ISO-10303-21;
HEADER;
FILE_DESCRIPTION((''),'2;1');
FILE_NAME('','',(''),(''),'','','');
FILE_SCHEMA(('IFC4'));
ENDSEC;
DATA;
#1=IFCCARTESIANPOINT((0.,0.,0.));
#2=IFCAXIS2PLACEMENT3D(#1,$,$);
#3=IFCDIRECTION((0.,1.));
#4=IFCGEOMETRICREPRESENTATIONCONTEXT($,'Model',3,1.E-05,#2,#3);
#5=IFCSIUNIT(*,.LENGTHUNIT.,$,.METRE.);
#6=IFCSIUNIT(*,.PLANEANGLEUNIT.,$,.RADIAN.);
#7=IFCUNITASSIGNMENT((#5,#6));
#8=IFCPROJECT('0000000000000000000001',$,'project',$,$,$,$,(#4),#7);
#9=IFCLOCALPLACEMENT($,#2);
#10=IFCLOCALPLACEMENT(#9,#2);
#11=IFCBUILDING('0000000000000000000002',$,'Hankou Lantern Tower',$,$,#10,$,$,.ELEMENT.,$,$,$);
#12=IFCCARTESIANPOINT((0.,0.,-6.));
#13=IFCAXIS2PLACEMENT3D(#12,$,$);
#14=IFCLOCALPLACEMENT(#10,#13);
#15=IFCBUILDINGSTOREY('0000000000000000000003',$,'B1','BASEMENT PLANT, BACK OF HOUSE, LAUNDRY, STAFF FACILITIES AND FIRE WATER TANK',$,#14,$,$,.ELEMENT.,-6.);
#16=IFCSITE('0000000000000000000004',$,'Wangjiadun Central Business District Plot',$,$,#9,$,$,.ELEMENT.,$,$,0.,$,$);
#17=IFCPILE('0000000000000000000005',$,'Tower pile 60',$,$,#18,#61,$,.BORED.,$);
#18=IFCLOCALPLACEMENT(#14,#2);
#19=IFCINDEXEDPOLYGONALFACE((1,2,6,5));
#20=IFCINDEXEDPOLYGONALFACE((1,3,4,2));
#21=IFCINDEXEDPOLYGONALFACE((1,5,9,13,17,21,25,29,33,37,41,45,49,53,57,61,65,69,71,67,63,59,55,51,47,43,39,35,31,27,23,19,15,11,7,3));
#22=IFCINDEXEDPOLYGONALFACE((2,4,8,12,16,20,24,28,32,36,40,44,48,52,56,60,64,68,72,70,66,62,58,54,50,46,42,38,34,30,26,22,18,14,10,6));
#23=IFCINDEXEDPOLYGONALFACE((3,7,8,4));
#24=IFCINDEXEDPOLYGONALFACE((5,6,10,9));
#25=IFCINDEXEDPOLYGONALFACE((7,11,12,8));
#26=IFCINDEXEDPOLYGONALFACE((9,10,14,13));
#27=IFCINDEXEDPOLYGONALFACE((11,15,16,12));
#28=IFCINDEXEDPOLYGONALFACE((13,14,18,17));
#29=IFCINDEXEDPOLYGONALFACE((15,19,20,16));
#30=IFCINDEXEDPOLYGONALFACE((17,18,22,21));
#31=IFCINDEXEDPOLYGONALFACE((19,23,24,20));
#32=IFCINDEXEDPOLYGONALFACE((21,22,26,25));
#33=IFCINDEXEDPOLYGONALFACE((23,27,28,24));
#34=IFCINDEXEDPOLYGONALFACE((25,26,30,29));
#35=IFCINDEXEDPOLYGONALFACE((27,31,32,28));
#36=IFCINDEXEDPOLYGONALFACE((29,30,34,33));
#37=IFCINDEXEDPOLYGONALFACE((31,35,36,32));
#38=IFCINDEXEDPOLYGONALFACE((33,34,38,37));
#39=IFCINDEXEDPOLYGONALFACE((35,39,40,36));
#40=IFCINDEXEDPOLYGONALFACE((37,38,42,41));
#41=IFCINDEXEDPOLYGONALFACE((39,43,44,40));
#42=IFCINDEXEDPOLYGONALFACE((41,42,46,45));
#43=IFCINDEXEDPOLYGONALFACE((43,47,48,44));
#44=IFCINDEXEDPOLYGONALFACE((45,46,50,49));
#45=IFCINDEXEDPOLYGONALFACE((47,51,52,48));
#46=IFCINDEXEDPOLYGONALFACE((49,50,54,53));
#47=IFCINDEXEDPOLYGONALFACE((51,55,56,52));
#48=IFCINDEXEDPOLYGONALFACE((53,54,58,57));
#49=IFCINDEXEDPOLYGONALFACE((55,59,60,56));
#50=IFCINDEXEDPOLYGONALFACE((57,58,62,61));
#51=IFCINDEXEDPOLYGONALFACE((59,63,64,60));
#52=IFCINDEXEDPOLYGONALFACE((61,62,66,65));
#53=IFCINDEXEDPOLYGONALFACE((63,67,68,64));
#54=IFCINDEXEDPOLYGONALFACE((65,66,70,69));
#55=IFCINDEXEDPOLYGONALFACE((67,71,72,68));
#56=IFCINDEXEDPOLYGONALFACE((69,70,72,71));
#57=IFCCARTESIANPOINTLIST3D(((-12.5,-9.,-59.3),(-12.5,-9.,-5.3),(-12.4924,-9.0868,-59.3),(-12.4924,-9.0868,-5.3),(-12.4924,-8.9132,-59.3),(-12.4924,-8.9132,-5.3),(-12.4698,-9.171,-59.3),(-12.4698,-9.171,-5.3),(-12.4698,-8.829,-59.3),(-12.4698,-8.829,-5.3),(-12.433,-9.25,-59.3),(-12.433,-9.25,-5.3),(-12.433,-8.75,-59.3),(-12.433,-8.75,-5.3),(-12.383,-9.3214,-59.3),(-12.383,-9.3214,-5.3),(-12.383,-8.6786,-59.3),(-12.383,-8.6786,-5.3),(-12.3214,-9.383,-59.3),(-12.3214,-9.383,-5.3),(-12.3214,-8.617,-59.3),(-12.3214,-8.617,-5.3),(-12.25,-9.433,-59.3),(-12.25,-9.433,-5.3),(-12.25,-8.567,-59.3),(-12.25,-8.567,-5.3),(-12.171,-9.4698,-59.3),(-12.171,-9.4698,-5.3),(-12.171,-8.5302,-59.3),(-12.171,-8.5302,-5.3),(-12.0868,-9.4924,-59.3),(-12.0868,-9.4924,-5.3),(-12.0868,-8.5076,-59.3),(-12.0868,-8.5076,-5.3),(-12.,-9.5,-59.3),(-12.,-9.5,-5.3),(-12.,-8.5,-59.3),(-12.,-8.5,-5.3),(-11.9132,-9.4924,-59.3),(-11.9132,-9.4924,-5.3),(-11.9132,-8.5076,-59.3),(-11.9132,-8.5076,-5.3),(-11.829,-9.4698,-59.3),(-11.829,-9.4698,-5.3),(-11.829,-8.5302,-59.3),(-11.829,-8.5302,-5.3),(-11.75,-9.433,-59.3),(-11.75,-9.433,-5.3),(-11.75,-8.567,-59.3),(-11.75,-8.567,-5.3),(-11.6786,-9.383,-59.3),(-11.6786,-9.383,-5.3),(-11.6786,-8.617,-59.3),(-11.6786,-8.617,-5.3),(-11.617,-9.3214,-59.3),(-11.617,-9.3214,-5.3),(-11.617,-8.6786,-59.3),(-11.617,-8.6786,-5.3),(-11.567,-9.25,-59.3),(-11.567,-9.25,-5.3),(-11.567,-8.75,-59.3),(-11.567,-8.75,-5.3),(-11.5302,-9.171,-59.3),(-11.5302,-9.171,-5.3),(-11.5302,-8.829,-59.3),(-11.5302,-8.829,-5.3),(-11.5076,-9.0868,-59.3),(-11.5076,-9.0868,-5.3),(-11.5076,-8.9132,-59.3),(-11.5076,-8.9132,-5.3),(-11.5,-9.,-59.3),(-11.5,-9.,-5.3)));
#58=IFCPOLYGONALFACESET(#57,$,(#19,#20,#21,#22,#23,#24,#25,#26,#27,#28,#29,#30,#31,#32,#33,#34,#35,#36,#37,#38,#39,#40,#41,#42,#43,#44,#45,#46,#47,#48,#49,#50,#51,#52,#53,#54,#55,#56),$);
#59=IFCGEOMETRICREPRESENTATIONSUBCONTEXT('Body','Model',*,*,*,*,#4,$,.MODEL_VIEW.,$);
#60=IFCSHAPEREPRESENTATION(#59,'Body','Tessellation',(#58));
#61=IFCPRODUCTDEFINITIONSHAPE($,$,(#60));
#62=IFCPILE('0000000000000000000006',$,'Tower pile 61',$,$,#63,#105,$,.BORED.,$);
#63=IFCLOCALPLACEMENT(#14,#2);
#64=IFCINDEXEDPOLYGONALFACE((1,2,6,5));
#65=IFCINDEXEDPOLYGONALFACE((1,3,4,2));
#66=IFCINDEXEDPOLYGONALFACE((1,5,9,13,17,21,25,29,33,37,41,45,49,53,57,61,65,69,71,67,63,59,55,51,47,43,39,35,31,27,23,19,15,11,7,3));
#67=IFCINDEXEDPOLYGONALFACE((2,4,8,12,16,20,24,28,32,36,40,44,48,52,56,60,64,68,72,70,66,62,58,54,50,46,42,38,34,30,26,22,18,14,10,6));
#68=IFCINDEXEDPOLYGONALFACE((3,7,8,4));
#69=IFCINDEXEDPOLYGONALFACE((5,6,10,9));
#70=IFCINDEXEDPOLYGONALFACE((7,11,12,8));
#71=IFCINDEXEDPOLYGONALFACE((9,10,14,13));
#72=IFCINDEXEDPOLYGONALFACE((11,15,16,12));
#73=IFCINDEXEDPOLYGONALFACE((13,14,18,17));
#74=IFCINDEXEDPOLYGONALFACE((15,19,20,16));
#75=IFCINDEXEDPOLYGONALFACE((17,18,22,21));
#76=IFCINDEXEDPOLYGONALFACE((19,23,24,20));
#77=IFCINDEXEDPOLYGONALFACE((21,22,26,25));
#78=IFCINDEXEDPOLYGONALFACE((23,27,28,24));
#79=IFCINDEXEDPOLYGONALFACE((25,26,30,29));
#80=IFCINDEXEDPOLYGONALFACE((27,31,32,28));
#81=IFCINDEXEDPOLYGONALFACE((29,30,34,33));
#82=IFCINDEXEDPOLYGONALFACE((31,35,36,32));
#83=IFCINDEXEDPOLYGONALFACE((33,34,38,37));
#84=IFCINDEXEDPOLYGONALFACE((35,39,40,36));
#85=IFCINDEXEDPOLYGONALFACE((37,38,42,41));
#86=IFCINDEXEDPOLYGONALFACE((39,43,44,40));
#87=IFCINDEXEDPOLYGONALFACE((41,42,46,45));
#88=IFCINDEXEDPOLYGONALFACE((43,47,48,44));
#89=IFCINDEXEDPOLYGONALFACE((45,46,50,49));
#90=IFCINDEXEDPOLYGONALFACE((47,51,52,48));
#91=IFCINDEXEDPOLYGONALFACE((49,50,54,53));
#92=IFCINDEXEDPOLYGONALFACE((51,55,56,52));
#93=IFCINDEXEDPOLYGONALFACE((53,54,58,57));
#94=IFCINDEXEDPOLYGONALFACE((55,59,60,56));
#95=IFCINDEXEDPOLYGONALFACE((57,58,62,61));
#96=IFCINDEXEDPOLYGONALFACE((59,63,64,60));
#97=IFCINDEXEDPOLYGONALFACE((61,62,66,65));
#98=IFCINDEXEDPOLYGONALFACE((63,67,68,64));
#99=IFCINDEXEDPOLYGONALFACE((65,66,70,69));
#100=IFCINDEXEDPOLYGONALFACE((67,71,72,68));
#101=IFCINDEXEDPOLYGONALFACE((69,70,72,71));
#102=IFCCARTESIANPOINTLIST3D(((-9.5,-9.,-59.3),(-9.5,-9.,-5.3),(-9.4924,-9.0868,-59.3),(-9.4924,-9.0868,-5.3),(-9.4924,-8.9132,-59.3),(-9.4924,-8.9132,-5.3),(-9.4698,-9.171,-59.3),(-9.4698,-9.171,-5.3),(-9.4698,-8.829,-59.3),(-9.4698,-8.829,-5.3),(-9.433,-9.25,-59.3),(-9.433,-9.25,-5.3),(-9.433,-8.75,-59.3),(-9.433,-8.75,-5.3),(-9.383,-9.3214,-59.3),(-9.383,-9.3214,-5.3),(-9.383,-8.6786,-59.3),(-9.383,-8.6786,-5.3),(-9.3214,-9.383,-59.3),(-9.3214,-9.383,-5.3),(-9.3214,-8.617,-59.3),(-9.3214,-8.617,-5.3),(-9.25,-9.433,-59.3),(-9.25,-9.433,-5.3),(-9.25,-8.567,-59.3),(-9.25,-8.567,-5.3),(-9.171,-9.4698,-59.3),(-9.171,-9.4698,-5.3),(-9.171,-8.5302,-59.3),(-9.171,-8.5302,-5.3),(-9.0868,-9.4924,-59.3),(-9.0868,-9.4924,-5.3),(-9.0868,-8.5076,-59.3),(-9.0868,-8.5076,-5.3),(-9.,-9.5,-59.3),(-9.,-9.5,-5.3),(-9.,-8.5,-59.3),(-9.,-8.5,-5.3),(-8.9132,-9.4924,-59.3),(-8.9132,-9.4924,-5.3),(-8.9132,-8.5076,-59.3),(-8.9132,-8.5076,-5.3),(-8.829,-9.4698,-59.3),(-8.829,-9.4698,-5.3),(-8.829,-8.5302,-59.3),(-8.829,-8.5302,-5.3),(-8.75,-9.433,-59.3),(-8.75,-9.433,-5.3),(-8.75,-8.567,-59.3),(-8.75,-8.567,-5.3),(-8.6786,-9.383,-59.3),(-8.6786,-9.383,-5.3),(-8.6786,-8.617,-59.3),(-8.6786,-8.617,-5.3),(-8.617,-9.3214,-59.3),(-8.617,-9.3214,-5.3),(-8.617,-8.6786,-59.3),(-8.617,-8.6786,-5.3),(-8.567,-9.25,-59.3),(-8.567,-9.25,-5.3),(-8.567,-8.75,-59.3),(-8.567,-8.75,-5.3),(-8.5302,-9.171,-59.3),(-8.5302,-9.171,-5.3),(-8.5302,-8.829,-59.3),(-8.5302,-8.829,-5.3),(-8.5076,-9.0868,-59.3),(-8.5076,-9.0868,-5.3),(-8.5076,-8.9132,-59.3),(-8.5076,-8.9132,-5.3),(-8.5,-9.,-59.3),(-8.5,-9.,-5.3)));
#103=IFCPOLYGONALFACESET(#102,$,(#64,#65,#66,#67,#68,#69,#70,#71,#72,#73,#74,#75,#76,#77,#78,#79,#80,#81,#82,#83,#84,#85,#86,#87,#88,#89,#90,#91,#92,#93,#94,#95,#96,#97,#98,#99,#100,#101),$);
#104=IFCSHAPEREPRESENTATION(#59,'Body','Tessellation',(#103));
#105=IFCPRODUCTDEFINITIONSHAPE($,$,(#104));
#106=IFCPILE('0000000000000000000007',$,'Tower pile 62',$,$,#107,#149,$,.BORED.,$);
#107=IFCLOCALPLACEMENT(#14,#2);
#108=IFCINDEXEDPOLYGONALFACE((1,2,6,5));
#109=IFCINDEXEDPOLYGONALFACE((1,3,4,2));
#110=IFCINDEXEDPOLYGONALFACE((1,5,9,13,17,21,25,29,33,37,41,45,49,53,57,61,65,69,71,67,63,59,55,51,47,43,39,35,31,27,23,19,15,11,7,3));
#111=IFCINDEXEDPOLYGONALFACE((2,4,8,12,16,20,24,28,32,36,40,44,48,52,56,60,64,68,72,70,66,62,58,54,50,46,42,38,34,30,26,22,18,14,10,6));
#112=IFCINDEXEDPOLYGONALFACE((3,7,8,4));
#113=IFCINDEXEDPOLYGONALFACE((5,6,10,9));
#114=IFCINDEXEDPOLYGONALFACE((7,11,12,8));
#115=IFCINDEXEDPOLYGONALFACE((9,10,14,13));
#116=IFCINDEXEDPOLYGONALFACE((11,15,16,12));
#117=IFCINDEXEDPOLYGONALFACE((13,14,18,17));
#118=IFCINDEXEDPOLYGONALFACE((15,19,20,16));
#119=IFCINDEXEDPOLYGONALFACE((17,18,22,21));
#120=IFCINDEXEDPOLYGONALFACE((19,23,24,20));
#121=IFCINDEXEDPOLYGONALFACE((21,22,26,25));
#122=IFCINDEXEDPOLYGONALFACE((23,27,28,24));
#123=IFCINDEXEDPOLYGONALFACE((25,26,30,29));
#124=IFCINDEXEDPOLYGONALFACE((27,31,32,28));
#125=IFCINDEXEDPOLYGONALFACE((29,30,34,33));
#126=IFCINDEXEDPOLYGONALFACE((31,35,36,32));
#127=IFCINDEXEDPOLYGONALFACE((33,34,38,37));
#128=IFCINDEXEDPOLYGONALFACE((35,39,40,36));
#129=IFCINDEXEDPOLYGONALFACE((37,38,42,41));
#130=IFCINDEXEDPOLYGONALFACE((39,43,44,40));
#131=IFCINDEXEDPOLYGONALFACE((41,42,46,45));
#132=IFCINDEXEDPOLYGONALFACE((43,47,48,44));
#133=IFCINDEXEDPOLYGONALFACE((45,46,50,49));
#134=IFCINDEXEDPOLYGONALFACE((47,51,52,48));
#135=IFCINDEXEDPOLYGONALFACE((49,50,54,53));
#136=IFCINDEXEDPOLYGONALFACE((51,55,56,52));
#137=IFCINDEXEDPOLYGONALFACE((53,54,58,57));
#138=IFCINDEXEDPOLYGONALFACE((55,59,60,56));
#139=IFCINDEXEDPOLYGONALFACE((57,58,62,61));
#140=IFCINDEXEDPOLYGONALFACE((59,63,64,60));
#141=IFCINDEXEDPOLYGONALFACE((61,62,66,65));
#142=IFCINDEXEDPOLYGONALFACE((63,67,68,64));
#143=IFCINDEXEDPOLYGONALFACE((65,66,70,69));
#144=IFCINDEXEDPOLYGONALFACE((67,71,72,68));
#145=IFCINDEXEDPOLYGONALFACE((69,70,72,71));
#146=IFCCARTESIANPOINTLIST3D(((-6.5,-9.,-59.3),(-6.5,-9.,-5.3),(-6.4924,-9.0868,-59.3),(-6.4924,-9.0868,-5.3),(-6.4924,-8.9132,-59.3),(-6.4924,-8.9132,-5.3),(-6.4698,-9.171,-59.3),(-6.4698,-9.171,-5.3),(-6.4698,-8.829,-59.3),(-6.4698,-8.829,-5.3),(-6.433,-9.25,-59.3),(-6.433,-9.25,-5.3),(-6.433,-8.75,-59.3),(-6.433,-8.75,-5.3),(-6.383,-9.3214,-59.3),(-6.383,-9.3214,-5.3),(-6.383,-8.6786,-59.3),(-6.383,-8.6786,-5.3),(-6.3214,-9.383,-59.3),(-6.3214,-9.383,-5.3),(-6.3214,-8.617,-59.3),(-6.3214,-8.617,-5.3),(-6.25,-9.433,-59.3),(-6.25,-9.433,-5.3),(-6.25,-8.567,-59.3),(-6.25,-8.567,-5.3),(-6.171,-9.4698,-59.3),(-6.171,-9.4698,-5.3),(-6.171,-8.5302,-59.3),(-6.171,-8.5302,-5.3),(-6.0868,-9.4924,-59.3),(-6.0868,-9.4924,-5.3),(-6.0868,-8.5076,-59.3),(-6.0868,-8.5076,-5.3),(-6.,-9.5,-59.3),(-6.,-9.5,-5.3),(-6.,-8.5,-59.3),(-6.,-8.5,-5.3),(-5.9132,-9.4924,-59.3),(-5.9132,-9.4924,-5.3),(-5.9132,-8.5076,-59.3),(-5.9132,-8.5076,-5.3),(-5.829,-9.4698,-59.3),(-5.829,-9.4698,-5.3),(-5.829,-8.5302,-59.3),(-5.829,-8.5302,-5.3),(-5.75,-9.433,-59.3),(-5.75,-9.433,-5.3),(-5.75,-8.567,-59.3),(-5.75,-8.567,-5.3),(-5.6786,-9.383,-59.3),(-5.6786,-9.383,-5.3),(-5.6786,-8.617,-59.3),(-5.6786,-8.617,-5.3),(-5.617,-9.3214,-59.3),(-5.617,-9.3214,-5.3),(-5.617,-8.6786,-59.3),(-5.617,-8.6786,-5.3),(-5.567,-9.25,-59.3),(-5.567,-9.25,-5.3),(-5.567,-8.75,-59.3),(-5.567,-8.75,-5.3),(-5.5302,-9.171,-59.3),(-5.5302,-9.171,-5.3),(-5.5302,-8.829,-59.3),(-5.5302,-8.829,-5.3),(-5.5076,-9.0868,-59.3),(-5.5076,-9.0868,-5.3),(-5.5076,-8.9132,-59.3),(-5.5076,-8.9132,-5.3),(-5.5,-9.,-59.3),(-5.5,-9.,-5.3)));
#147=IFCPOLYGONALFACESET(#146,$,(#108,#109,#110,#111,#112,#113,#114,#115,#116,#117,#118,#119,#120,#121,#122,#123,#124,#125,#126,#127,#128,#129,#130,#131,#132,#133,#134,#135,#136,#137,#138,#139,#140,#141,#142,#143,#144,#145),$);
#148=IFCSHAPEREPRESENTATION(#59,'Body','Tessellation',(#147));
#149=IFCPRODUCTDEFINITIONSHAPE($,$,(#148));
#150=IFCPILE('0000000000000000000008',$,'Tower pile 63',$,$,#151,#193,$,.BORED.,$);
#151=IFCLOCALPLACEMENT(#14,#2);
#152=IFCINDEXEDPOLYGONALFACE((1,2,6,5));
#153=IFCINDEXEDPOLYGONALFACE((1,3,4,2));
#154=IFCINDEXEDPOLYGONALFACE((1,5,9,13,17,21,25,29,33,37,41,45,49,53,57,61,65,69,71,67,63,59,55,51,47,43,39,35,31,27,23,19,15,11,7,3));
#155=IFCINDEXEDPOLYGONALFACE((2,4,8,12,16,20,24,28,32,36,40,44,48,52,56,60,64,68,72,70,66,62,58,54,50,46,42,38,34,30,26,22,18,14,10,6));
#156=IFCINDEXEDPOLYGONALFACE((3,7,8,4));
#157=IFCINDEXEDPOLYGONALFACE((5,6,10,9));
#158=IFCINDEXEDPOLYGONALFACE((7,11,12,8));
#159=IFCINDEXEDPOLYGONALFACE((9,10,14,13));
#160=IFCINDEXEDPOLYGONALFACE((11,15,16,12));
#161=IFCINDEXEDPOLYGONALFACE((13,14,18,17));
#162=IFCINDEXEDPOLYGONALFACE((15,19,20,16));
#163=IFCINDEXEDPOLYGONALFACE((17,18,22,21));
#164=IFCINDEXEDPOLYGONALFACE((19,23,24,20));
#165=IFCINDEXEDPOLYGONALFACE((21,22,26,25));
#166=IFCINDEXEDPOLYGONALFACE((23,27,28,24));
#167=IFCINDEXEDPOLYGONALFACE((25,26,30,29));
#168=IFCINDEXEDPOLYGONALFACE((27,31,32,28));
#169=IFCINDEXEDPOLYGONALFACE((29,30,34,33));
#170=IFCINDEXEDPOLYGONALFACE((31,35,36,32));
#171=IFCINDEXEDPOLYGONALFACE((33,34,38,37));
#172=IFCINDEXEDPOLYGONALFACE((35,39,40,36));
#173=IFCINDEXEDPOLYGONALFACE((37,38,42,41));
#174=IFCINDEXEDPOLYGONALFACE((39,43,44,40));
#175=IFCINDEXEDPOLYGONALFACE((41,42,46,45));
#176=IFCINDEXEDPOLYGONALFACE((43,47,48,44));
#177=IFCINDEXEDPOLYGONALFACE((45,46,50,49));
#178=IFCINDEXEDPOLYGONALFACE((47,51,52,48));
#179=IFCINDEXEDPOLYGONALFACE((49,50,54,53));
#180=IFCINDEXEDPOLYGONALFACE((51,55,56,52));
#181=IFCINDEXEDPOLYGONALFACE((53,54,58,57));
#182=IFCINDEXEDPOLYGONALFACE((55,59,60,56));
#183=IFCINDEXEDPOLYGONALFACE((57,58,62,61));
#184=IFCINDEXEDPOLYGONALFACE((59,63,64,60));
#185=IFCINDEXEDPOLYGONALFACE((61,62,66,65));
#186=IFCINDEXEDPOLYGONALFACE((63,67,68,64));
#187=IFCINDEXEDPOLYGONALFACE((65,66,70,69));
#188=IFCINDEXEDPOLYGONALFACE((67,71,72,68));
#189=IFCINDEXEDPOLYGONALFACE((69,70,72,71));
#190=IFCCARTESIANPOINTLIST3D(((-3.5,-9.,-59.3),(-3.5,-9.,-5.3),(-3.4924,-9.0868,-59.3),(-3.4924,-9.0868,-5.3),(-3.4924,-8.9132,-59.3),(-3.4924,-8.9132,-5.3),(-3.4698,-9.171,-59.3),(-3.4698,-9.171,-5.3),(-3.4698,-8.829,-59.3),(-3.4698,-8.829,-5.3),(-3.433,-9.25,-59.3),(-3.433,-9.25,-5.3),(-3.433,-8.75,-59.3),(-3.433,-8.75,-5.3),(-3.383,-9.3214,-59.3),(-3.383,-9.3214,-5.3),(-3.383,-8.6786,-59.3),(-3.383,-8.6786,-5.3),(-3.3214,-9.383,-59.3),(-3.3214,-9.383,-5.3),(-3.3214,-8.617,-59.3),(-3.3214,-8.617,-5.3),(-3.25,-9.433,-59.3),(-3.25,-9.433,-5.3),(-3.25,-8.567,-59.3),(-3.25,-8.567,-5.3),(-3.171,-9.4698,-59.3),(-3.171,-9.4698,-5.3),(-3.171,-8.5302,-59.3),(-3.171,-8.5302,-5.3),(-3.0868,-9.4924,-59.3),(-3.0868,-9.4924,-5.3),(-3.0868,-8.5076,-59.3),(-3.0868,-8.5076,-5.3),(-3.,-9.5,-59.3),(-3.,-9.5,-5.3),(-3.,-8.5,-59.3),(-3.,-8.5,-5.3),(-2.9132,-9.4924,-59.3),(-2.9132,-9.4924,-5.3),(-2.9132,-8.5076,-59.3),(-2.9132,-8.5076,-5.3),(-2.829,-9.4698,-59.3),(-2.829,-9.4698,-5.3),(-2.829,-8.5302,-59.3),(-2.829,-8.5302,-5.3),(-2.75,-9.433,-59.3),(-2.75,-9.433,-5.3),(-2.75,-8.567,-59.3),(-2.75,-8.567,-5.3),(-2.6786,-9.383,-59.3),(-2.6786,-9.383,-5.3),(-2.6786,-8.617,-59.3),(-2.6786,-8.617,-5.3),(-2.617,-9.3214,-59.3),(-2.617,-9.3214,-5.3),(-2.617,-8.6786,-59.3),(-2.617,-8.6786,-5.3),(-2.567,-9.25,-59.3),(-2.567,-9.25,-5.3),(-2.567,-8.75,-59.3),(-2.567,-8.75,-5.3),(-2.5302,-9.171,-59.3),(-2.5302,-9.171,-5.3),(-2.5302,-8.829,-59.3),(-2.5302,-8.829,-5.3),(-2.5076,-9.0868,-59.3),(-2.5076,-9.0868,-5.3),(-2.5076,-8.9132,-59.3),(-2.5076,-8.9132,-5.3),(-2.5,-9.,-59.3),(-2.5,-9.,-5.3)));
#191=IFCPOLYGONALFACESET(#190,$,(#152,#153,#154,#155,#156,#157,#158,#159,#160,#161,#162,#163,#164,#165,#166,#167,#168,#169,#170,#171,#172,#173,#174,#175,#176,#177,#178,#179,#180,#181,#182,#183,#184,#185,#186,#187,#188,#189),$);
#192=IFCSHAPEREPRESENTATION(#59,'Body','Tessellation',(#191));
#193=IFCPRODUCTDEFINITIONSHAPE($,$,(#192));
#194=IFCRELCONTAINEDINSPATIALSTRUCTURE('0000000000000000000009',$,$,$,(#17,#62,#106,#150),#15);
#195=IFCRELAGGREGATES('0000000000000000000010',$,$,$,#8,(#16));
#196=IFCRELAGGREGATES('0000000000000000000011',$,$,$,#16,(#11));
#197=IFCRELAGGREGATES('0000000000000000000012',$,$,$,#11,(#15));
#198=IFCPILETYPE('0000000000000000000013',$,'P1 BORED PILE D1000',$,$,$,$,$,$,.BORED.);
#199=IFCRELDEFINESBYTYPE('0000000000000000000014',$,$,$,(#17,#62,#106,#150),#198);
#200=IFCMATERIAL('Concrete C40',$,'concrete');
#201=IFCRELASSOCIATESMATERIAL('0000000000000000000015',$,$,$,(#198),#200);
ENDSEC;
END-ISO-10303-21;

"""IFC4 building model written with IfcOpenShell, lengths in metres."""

from ifc_helpers import new_model, si_unit, direction, frame, origin, origin_2d, place, context, subcontext, project, spatial, circle, extrude, material, material_profile, profile_set, type_object, element, save


model = new_model("IFC4")

# Units and contexts
model_context = context("Model", 3, precision=1e-05, world=origin(), true_north=direction((0.0, 1.0)))
body_context = subcontext(model_context, "Body", "Model", "MODEL_VIEW")
ifc_project = project(units=[si_unit("LENGTHUNIT", "METRE"), si_unit("PLANEANGLEUNIT", "RADIAN")], contexts=[model_context])

# Site, building, storey
site_placement = place(None, origin())
site = spatial("IfcSite", under=ifc_project, at=site_placement, Name="Wangjiadun Central Business District Plot", CompositionType="ELEMENT", RefElevation=0.0)
building_placement = place(site_placement, origin())
building = spatial("IfcBuilding", under=site, at=building_placement, Name="Hankou Lantern Tower", CompositionType="ELEMENT")
storey_placement = place(building_placement, frame((0.0, 0.0, -6.0)))
storey = spatial("IfcBuildingStorey", under=building, at=storey_placement, Name="B1", Description="BASEMENT PLANT, BACK OF HOUSE, LAUNDRY, STAFF FACILITIES AND FIRE WATER TANK", CompositionType="ELEMENT", Elevation=-6.0)

# Piles
ifc_material_1 = material(Name="Concrete C40", Category="concrete")
ifc_material_profile = material_profile(ifc_material_1, circle(Radius=0.5, at=origin_2d()), Name="RC D1000")
ifc_profile_set = profile_set([ifc_material_profile], Name="Concrete C40")
pile_type = type_object("IfcPileType", Name="P1 BORED PILE D1000", PredefinedType="BORED", material=ifc_profile_set)
for number, where, z_axis, x_axis, name in (
    (1, (-12.0, -9.0, -5.3), (0.0, 0.0, -1.0), (1.0, 0.0, 0.0), "Tower pile 60"),
    (2, (-9.0, -9.0, -5.3), (0.0, 0.0, -1.0), (1.0, 0.0, 0.0), "Tower pile 61"),
    (3, (-6.0, -9.0, -5.3), (0.0, 0.0, -1.0), (1.0, 0.0, 0.0), "Tower pile 62"),
    (4, (-3.0, -9.0, -5.3), (0.0, 0.0, -1.0), (1.0, 0.0, 0.0), "Tower pile 63"),
):
    element("IfcPile", number, at=place(storey_placement, frame(where, z_axis=z_axis, x_axis=x_axis)), inside=storey, type_object=pile_type, Name=name, PredefinedType="BORED", context=body_context, shape_type="SweptSolid", body=[
        extrude(circle(Radius=0.5, at=origin_2d()), origin(), (0.0, 0.0, 1.0), 54.0),
    ])

save(model, "model.ifc")
